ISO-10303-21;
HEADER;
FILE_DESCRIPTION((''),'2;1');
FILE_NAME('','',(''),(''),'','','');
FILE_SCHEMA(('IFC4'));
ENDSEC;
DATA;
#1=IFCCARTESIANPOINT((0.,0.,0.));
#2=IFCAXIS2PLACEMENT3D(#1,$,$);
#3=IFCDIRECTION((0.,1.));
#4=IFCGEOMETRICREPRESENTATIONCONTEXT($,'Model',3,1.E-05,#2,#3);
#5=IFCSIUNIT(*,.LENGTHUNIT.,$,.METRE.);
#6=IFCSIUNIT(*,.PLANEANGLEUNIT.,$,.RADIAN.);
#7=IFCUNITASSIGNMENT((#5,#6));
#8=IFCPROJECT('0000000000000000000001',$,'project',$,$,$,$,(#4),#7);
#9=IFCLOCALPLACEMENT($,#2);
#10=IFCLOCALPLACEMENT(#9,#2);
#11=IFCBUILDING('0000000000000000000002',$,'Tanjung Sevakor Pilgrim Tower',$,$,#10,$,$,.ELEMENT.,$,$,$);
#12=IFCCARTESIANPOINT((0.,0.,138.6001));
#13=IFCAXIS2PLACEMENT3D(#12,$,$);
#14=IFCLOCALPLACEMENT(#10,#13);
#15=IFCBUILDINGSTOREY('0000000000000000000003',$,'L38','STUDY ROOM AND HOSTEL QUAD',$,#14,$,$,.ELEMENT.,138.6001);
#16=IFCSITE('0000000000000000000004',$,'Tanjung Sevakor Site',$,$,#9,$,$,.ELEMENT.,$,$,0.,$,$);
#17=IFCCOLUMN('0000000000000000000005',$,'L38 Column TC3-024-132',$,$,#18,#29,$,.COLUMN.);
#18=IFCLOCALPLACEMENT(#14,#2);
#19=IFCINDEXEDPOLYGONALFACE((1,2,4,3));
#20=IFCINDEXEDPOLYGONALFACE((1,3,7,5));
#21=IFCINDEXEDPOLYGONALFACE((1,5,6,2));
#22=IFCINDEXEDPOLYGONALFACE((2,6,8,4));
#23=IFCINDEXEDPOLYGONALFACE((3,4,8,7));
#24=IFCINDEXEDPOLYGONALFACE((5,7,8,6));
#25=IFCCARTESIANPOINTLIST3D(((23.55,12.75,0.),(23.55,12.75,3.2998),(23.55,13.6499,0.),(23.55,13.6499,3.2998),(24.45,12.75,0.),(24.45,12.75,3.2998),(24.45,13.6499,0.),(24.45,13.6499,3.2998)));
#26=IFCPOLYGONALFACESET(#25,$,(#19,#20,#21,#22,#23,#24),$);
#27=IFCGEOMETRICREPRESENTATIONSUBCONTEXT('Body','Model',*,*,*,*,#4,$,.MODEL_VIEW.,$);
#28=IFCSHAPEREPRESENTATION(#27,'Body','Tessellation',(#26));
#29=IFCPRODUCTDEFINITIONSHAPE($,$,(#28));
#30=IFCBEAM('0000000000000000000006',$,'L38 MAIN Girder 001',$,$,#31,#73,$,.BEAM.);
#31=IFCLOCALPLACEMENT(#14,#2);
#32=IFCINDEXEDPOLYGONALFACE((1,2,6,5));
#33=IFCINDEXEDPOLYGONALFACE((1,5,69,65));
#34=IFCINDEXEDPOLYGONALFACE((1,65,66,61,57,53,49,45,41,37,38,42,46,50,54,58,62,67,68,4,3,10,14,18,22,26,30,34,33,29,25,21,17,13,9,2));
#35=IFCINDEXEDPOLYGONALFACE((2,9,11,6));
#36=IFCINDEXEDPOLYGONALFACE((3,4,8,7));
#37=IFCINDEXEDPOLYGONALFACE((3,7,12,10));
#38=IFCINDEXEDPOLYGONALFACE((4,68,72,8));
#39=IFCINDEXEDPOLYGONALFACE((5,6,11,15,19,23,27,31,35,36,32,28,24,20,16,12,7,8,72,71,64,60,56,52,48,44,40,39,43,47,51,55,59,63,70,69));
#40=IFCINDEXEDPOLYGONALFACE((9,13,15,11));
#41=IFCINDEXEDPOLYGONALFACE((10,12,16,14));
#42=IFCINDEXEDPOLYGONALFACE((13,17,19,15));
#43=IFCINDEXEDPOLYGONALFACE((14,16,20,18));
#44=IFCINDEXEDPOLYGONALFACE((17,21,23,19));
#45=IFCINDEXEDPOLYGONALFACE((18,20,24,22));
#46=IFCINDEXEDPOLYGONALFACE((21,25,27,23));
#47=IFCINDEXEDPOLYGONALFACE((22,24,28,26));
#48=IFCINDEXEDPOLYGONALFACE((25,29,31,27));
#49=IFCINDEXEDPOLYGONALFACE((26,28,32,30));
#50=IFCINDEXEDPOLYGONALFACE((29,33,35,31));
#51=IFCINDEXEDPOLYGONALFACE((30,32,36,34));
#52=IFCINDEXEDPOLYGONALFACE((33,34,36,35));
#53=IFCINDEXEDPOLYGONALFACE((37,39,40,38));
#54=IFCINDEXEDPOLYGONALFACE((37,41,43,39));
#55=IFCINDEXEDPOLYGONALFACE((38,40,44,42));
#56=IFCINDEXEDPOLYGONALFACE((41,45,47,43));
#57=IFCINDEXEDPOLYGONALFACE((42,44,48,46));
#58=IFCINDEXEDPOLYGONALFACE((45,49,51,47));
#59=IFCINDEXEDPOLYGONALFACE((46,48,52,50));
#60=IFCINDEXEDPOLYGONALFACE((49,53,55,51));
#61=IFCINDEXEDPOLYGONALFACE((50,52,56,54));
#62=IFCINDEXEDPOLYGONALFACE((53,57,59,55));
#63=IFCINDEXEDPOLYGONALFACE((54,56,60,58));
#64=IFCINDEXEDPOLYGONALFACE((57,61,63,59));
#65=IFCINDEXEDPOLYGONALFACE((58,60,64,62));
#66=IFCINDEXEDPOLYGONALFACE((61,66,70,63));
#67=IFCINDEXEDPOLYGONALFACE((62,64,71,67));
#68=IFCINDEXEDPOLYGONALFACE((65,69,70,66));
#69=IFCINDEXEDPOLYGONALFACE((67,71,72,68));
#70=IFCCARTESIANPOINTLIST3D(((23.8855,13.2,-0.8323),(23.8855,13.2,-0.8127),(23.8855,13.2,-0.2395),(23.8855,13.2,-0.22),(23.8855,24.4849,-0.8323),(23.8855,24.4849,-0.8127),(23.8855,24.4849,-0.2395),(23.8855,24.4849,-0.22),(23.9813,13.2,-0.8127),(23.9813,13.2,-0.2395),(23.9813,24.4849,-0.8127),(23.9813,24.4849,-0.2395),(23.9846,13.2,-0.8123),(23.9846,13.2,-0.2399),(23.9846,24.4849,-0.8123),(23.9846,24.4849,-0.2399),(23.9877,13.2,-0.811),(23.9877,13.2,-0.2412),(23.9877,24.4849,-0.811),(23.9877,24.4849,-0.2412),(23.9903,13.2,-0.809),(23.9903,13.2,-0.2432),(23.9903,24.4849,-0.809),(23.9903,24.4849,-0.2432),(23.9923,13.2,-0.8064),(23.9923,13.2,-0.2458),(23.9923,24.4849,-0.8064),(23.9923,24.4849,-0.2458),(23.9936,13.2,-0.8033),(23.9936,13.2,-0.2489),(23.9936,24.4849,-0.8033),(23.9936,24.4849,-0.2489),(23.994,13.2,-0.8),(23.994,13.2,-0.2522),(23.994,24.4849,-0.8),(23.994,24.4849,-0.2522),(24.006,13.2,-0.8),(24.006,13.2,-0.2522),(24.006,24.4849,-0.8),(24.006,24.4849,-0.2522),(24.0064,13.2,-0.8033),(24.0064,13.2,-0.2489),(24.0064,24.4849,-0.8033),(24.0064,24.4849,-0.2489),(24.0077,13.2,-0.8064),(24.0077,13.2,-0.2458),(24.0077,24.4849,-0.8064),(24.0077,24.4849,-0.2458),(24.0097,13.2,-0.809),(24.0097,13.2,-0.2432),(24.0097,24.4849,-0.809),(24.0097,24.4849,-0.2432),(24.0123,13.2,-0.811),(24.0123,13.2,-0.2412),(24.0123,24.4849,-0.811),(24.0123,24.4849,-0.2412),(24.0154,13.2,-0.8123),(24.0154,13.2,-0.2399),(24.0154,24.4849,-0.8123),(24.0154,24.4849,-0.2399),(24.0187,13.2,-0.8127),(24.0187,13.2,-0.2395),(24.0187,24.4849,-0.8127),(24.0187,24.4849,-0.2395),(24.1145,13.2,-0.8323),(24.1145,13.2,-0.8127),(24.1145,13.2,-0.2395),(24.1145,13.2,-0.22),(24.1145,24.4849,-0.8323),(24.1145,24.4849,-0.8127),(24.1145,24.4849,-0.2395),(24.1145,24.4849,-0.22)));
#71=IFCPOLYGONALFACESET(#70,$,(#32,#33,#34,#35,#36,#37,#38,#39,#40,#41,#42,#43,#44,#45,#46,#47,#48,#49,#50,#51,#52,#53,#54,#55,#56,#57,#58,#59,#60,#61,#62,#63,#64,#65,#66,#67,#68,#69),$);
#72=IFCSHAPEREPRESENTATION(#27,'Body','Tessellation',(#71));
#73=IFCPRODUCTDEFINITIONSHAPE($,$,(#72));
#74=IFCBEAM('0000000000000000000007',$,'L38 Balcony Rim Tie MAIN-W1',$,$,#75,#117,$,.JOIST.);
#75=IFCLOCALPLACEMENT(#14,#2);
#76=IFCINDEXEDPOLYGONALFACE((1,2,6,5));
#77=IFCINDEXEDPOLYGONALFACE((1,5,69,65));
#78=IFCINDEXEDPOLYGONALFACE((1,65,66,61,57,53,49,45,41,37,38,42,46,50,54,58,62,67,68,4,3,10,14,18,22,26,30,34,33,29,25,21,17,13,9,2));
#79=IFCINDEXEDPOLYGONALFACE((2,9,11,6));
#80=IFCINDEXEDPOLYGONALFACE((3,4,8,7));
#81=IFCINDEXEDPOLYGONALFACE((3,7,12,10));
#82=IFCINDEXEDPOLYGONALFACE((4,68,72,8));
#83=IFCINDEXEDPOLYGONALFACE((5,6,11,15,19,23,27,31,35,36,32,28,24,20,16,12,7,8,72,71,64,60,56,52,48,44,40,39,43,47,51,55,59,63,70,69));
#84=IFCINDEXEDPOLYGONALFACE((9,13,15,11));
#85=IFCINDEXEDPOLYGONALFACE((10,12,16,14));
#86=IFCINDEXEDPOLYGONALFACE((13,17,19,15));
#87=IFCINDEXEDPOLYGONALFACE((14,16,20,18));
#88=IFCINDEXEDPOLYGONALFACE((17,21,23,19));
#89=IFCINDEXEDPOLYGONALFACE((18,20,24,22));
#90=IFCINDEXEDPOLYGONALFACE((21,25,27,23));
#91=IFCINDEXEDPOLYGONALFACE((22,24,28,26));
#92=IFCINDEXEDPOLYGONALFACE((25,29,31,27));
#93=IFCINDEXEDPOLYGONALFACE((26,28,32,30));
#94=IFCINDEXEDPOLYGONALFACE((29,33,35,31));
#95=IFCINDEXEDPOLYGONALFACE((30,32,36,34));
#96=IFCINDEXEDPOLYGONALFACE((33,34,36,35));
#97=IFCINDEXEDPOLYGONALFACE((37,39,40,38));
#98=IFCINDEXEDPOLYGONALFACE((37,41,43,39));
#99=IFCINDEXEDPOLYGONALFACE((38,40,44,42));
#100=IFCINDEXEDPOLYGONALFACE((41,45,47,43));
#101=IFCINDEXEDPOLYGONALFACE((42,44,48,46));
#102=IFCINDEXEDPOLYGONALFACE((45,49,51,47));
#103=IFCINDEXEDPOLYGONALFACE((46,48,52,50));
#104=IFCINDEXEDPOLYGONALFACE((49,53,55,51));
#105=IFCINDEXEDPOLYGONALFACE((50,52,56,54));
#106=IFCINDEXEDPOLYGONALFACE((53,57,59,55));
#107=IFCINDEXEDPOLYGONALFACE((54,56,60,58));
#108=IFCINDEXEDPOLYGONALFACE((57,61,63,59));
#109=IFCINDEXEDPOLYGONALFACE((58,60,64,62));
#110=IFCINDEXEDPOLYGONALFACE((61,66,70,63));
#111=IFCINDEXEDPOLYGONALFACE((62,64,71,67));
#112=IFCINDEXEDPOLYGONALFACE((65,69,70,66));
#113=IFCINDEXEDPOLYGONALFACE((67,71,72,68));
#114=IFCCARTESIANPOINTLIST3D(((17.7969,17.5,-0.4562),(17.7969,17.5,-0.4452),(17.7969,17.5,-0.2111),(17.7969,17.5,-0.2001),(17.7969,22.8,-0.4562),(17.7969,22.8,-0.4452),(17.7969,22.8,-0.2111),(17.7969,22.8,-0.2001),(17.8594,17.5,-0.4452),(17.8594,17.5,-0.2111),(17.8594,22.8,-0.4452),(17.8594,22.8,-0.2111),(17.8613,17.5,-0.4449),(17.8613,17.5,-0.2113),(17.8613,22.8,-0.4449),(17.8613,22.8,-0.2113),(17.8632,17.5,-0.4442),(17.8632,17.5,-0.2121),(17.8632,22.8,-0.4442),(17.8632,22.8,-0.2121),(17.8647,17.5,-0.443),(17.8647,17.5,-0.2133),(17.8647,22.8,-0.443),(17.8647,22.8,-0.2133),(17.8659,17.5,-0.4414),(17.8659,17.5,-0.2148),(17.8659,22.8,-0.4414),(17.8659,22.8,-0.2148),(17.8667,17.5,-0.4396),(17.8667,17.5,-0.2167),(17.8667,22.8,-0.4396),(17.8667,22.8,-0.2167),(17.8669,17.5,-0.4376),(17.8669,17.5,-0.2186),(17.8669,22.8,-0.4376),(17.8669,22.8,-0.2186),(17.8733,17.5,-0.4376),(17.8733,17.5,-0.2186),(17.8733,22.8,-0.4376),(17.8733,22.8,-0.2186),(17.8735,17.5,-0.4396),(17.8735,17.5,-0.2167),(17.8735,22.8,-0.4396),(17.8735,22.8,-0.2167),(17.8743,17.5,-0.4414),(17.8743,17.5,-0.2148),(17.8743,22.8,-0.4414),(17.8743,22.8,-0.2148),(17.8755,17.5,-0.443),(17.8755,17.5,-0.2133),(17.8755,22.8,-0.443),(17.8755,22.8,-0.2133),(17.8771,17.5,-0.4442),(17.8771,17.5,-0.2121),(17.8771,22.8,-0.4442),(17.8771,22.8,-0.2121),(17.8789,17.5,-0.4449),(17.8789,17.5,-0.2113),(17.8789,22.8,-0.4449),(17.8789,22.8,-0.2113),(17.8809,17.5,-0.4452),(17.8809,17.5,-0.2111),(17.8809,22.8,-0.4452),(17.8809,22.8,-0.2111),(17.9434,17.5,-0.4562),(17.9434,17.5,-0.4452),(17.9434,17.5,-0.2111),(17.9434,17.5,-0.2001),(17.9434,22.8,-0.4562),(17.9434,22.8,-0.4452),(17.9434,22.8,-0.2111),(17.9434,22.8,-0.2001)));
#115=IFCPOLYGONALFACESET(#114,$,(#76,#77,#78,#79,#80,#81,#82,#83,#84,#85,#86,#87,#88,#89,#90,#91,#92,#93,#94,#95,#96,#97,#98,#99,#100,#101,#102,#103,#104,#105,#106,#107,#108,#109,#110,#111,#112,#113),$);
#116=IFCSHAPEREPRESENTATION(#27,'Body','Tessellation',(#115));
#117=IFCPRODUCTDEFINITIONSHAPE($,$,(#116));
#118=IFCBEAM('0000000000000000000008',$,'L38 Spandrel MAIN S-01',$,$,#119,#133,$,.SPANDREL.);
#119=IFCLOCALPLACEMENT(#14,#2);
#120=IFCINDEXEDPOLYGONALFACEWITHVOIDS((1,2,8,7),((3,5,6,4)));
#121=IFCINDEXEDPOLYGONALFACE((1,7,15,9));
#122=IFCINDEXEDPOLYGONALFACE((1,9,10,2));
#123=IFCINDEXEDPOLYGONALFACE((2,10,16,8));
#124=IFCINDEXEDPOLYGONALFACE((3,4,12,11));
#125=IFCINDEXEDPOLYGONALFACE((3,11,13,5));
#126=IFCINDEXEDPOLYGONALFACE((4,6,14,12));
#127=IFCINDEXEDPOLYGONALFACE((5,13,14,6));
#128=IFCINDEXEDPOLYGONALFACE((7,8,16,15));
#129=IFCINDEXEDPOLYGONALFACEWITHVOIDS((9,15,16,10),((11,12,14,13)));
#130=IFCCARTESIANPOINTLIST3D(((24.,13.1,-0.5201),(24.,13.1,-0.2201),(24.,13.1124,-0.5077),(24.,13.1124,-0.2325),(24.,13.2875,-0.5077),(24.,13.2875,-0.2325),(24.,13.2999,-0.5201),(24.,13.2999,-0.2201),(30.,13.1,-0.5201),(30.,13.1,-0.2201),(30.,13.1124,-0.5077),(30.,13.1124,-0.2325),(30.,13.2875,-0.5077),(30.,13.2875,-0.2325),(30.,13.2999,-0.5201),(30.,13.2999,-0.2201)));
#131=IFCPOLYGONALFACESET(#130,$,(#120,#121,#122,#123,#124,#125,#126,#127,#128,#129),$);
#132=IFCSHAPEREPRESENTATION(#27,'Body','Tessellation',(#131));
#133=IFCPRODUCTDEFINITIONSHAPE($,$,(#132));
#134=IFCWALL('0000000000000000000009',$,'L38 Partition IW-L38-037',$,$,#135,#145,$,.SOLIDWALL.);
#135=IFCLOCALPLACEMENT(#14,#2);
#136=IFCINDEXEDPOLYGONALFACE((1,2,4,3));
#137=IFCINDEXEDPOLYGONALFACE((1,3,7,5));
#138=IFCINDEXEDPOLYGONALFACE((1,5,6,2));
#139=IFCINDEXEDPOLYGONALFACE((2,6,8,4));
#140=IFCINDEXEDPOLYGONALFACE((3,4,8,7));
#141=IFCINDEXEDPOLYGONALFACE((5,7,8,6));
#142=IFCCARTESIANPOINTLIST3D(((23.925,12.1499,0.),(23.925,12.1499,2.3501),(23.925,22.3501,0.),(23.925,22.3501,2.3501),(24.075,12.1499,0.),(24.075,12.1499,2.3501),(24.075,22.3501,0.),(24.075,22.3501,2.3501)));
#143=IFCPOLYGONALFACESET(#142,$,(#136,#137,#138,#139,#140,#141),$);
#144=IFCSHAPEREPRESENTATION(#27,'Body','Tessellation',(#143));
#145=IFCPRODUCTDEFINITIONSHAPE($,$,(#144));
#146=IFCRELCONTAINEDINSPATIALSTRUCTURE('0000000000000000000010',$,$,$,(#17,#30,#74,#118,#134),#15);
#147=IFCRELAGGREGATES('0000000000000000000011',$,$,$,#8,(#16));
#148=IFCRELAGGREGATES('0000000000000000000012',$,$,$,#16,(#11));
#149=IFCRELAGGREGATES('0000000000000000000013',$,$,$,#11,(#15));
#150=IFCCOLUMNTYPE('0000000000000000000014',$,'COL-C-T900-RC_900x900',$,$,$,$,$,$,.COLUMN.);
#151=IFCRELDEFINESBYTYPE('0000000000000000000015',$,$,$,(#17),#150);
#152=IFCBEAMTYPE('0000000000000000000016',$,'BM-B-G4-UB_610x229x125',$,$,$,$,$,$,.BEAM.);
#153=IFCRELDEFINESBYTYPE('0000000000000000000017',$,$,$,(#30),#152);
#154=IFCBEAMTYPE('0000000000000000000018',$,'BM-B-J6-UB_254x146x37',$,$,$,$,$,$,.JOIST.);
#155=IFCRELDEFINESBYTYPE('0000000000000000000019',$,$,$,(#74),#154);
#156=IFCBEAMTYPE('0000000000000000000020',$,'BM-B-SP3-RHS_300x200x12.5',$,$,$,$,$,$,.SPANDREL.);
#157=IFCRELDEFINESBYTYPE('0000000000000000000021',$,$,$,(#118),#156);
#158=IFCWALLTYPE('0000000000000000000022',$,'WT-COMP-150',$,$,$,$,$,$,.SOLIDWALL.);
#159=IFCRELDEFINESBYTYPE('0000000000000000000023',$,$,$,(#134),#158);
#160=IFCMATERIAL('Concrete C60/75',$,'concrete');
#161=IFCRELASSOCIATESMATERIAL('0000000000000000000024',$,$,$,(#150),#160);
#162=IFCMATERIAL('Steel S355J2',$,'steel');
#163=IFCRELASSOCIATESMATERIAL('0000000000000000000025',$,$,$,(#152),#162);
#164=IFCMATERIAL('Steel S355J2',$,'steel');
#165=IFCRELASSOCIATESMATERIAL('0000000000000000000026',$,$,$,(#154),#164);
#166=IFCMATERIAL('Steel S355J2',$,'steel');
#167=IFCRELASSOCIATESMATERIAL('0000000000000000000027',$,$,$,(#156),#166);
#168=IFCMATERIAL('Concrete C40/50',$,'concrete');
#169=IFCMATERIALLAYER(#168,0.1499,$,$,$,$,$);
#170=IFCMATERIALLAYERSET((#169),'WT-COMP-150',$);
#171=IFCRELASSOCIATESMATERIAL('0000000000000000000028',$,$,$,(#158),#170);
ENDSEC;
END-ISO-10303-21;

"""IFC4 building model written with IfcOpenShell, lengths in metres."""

from ifc_helpers import new_model, si_unit, direction, frame, frame_2d, origin, origin_2d, place, context, subcontext, project, spatial, rectangle, hollow_rectangle, i_section, extrude, material, layer, layer_set, material_profile, profile_set, type_object, element, save


model = new_model("IFC4")

# Units and contexts
model_context = context("Model", 3, precision=1e-05, world=origin(), true_north=direction((0.0, 1.0)))
body_context = subcontext(model_context, "Body", "Model", "MODEL_VIEW")
ifc_project = project(units=[si_unit("LENGTHUNIT", "METRE"), si_unit("PLANEANGLEUNIT", "RADIAN")], contexts=[model_context])

# Site, building, storey
site_placement = place(None, origin())
site = spatial("IfcSite", under=ifc_project, at=site_placement, Name="Tanjung Sevakor Site", CompositionType="ELEMENT", RefElevation=0.0)
building_placement = place(site_placement, origin())
building = spatial("IfcBuilding", under=site, at=building_placement, Name="Tanjung Sevakor Pilgrim Tower", CompositionType="ELEMENT")
storey_placement = place(building_placement, frame((0.0, 0.0, 138.6001)))
storey = spatial("IfcBuildingStorey", under=building, at=storey_placement, Name="L38", Description="STUDY ROOM AND HOSTEL QUAD", CompositionType="ELEMENT", Elevation=138.6001)

# Column
ifc_material_1 = material(Name="Concrete C60/75", Category="concrete")
ifc_material_profile_1 = material_profile(ifc_material_1, rectangle(XDim=0.8999, YDim=0.8999, at=origin_2d()))
ifc_profile_set_1 = profile_set([ifc_material_profile_1], Name="Concrete C60/75")
column_type = type_object("IfcColumnType", Name="COL-C-T900-RC_900x900", PredefinedType="COLUMN", material=ifc_profile_set_1)
column_placement = place(storey_placement, frame((24.0, 13.2, 0.0), z_axis=(0.0, 0.0, 1.0), x_axis=(1.0, 0.0, 0.0)))
element("IfcColumn", 1, at=column_placement, inside=storey, type_object=column_type, Name="L38 Column TC3-024-132", PredefinedType="COLUMN", context=body_context, shape_type="SweptSolid", body=[
    extrude(rectangle(XDim=0.8999, YDim=0.8999, at=origin_2d()), origin(), (0.0, 0.0, 1.0), 3.2998),
])

# Beams
ifc_material_2 = material(Name="Steel S355J2", Category="steel")
ifc_material_profile_2 = material_profile(ifc_material_2, i_section(OverallWidth=0.229, OverallDepth=0.6123, WebThickness=0.012, FlangeThickness=0.0195, FilletRadius=0.0127, at=origin_2d()))
ifc_profile_set_2 = profile_set([ifc_material_profile_2], Name="Steel S355J2")
beam_type_1 = type_object("IfcBeamType", Name="BM-B-G4-UB_610x229x125", PredefinedType="BEAM", material=ifc_profile_set_2)
beam_1_placement = place(storey_placement, frame((24.0, 13.2, -0.5261), z_axis=(0.0, 1.0, 0.0), x_axis=(-1.0, 0.0, 0.0)))
element("IfcBeam", 2, at=beam_1_placement, inside=storey, type_object=beam_type_1, Name="L38 MAIN Girder 001", PredefinedType="BEAM", context=body_context, shape_type="SweptSolid", body=[
    extrude(i_section(OverallWidth=0.229, OverallDepth=0.6123, WebThickness=0.012, FlangeThickness=0.0195, FilletRadius=0.0127, at=origin_2d()), origin(), (0.0, 0.0, 1.0), 11.2849),
])
ifc_material_3 = material(Name="Steel S355J2", Category="steel")
ifc_material_profile_3 = material_profile(ifc_material_3, i_section(OverallWidth=0.1465, OverallDepth=0.2561, WebThickness=0.0063, FlangeThickness=0.011, FilletRadius=0.0076, at=origin_2d()))
ifc_profile_set_3 = profile_set([ifc_material_profile_3], Name="Steel S355J2")
beam_type_2 = type_object("IfcBeamType", Name="BM-B-J6-UB_254x146x37", PredefinedType="JOIST", material=ifc_profile_set_3)
beam_2_placement = place(storey_placement, frame((17.8701, 17.5, -0.3281), z_axis=(0.0, 1.0, 0.0), x_axis=(-1.0, 0.0, 0.0)))
element("IfcBeam", 3, at=beam_2_placement, inside=storey, type_object=beam_type_2, Name="L38 Balcony Rim Tie MAIN-W1", PredefinedType="JOIST", context=body_context, shape_type="SweptSolid", body=[
    extrude(i_section(OverallWidth=0.1465, OverallDepth=0.2561, WebThickness=0.0063, FlangeThickness=0.011, FilletRadius=0.0076, at=origin_2d()), origin(), (0.0, 0.0, 1.0), 5.3),
])
ifc_material_4 = material(Name="Steel S355J2", Category="steel")
ifc_material_profile_4 = material_profile(ifc_material_4, hollow_rectangle(XDim=0.2, YDim=0.3, WallThickness=0.0125, at=origin_2d()))
ifc_profile_set_4 = profile_set([ifc_material_profile_4], Name="Steel S355J2")
beam_type_3 = type_object("IfcBeamType", Name="BM-B-SP3-RHS_300x200x12.5", PredefinedType="SPANDREL", material=ifc_profile_set_4)
beam_3_placement = place(storey_placement, frame((24.0, 13.2, -0.3701), z_axis=(1.0, 0.0, 0.0), x_axis=(0.0, 1.0, 0.0)))
element("IfcBeam", 4, at=beam_3_placement, inside=storey, type_object=beam_type_3, Name="L38 Spandrel MAIN S-01", PredefinedType="SPANDREL", context=body_context, shape_type="SweptSolid", body=[
    extrude(hollow_rectangle(XDim=0.2, YDim=0.3, WallThickness=0.0125, at=origin_2d()), origin(), (0.0, 0.0, 1.0), 6.0),
])

# Wall
ifc_material_5 = material(Name="Concrete C40/50", Category="concrete")
ifc_layer_1 = layer(ifc_material_5, 0.1499)
ifc_layer_set_1 = layer_set([ifc_layer_1], Name="WT-COMP-150")
wall_type_1 = type_object("IfcWallType", Name="WT-COMP-150", PredefinedType="SOLIDWALL", material=ifc_layer_set_1)
wall_1_placement = place(storey_placement, frame((24.0, 12.1499, 0.0), z_axis=(0.0, 0.0, 1.0), x_axis=(0.0, 1.0, 0.0)))
element("IfcWall", 5, at=wall_1_placement, inside=storey, type_object=wall_type_1, Name="L38 Partition IW-L38-037", PredefinedType="SOLIDWALL", context=body_context, shape_type="SweptSolid", body=[
    extrude(rectangle(XDim=10.2002, YDim=0.1499, at=frame_2d((5.1001, 0.0))), origin(), (0.0, 0.0, 1.0), 2.3501),
])

save(model, "model.ifc")
